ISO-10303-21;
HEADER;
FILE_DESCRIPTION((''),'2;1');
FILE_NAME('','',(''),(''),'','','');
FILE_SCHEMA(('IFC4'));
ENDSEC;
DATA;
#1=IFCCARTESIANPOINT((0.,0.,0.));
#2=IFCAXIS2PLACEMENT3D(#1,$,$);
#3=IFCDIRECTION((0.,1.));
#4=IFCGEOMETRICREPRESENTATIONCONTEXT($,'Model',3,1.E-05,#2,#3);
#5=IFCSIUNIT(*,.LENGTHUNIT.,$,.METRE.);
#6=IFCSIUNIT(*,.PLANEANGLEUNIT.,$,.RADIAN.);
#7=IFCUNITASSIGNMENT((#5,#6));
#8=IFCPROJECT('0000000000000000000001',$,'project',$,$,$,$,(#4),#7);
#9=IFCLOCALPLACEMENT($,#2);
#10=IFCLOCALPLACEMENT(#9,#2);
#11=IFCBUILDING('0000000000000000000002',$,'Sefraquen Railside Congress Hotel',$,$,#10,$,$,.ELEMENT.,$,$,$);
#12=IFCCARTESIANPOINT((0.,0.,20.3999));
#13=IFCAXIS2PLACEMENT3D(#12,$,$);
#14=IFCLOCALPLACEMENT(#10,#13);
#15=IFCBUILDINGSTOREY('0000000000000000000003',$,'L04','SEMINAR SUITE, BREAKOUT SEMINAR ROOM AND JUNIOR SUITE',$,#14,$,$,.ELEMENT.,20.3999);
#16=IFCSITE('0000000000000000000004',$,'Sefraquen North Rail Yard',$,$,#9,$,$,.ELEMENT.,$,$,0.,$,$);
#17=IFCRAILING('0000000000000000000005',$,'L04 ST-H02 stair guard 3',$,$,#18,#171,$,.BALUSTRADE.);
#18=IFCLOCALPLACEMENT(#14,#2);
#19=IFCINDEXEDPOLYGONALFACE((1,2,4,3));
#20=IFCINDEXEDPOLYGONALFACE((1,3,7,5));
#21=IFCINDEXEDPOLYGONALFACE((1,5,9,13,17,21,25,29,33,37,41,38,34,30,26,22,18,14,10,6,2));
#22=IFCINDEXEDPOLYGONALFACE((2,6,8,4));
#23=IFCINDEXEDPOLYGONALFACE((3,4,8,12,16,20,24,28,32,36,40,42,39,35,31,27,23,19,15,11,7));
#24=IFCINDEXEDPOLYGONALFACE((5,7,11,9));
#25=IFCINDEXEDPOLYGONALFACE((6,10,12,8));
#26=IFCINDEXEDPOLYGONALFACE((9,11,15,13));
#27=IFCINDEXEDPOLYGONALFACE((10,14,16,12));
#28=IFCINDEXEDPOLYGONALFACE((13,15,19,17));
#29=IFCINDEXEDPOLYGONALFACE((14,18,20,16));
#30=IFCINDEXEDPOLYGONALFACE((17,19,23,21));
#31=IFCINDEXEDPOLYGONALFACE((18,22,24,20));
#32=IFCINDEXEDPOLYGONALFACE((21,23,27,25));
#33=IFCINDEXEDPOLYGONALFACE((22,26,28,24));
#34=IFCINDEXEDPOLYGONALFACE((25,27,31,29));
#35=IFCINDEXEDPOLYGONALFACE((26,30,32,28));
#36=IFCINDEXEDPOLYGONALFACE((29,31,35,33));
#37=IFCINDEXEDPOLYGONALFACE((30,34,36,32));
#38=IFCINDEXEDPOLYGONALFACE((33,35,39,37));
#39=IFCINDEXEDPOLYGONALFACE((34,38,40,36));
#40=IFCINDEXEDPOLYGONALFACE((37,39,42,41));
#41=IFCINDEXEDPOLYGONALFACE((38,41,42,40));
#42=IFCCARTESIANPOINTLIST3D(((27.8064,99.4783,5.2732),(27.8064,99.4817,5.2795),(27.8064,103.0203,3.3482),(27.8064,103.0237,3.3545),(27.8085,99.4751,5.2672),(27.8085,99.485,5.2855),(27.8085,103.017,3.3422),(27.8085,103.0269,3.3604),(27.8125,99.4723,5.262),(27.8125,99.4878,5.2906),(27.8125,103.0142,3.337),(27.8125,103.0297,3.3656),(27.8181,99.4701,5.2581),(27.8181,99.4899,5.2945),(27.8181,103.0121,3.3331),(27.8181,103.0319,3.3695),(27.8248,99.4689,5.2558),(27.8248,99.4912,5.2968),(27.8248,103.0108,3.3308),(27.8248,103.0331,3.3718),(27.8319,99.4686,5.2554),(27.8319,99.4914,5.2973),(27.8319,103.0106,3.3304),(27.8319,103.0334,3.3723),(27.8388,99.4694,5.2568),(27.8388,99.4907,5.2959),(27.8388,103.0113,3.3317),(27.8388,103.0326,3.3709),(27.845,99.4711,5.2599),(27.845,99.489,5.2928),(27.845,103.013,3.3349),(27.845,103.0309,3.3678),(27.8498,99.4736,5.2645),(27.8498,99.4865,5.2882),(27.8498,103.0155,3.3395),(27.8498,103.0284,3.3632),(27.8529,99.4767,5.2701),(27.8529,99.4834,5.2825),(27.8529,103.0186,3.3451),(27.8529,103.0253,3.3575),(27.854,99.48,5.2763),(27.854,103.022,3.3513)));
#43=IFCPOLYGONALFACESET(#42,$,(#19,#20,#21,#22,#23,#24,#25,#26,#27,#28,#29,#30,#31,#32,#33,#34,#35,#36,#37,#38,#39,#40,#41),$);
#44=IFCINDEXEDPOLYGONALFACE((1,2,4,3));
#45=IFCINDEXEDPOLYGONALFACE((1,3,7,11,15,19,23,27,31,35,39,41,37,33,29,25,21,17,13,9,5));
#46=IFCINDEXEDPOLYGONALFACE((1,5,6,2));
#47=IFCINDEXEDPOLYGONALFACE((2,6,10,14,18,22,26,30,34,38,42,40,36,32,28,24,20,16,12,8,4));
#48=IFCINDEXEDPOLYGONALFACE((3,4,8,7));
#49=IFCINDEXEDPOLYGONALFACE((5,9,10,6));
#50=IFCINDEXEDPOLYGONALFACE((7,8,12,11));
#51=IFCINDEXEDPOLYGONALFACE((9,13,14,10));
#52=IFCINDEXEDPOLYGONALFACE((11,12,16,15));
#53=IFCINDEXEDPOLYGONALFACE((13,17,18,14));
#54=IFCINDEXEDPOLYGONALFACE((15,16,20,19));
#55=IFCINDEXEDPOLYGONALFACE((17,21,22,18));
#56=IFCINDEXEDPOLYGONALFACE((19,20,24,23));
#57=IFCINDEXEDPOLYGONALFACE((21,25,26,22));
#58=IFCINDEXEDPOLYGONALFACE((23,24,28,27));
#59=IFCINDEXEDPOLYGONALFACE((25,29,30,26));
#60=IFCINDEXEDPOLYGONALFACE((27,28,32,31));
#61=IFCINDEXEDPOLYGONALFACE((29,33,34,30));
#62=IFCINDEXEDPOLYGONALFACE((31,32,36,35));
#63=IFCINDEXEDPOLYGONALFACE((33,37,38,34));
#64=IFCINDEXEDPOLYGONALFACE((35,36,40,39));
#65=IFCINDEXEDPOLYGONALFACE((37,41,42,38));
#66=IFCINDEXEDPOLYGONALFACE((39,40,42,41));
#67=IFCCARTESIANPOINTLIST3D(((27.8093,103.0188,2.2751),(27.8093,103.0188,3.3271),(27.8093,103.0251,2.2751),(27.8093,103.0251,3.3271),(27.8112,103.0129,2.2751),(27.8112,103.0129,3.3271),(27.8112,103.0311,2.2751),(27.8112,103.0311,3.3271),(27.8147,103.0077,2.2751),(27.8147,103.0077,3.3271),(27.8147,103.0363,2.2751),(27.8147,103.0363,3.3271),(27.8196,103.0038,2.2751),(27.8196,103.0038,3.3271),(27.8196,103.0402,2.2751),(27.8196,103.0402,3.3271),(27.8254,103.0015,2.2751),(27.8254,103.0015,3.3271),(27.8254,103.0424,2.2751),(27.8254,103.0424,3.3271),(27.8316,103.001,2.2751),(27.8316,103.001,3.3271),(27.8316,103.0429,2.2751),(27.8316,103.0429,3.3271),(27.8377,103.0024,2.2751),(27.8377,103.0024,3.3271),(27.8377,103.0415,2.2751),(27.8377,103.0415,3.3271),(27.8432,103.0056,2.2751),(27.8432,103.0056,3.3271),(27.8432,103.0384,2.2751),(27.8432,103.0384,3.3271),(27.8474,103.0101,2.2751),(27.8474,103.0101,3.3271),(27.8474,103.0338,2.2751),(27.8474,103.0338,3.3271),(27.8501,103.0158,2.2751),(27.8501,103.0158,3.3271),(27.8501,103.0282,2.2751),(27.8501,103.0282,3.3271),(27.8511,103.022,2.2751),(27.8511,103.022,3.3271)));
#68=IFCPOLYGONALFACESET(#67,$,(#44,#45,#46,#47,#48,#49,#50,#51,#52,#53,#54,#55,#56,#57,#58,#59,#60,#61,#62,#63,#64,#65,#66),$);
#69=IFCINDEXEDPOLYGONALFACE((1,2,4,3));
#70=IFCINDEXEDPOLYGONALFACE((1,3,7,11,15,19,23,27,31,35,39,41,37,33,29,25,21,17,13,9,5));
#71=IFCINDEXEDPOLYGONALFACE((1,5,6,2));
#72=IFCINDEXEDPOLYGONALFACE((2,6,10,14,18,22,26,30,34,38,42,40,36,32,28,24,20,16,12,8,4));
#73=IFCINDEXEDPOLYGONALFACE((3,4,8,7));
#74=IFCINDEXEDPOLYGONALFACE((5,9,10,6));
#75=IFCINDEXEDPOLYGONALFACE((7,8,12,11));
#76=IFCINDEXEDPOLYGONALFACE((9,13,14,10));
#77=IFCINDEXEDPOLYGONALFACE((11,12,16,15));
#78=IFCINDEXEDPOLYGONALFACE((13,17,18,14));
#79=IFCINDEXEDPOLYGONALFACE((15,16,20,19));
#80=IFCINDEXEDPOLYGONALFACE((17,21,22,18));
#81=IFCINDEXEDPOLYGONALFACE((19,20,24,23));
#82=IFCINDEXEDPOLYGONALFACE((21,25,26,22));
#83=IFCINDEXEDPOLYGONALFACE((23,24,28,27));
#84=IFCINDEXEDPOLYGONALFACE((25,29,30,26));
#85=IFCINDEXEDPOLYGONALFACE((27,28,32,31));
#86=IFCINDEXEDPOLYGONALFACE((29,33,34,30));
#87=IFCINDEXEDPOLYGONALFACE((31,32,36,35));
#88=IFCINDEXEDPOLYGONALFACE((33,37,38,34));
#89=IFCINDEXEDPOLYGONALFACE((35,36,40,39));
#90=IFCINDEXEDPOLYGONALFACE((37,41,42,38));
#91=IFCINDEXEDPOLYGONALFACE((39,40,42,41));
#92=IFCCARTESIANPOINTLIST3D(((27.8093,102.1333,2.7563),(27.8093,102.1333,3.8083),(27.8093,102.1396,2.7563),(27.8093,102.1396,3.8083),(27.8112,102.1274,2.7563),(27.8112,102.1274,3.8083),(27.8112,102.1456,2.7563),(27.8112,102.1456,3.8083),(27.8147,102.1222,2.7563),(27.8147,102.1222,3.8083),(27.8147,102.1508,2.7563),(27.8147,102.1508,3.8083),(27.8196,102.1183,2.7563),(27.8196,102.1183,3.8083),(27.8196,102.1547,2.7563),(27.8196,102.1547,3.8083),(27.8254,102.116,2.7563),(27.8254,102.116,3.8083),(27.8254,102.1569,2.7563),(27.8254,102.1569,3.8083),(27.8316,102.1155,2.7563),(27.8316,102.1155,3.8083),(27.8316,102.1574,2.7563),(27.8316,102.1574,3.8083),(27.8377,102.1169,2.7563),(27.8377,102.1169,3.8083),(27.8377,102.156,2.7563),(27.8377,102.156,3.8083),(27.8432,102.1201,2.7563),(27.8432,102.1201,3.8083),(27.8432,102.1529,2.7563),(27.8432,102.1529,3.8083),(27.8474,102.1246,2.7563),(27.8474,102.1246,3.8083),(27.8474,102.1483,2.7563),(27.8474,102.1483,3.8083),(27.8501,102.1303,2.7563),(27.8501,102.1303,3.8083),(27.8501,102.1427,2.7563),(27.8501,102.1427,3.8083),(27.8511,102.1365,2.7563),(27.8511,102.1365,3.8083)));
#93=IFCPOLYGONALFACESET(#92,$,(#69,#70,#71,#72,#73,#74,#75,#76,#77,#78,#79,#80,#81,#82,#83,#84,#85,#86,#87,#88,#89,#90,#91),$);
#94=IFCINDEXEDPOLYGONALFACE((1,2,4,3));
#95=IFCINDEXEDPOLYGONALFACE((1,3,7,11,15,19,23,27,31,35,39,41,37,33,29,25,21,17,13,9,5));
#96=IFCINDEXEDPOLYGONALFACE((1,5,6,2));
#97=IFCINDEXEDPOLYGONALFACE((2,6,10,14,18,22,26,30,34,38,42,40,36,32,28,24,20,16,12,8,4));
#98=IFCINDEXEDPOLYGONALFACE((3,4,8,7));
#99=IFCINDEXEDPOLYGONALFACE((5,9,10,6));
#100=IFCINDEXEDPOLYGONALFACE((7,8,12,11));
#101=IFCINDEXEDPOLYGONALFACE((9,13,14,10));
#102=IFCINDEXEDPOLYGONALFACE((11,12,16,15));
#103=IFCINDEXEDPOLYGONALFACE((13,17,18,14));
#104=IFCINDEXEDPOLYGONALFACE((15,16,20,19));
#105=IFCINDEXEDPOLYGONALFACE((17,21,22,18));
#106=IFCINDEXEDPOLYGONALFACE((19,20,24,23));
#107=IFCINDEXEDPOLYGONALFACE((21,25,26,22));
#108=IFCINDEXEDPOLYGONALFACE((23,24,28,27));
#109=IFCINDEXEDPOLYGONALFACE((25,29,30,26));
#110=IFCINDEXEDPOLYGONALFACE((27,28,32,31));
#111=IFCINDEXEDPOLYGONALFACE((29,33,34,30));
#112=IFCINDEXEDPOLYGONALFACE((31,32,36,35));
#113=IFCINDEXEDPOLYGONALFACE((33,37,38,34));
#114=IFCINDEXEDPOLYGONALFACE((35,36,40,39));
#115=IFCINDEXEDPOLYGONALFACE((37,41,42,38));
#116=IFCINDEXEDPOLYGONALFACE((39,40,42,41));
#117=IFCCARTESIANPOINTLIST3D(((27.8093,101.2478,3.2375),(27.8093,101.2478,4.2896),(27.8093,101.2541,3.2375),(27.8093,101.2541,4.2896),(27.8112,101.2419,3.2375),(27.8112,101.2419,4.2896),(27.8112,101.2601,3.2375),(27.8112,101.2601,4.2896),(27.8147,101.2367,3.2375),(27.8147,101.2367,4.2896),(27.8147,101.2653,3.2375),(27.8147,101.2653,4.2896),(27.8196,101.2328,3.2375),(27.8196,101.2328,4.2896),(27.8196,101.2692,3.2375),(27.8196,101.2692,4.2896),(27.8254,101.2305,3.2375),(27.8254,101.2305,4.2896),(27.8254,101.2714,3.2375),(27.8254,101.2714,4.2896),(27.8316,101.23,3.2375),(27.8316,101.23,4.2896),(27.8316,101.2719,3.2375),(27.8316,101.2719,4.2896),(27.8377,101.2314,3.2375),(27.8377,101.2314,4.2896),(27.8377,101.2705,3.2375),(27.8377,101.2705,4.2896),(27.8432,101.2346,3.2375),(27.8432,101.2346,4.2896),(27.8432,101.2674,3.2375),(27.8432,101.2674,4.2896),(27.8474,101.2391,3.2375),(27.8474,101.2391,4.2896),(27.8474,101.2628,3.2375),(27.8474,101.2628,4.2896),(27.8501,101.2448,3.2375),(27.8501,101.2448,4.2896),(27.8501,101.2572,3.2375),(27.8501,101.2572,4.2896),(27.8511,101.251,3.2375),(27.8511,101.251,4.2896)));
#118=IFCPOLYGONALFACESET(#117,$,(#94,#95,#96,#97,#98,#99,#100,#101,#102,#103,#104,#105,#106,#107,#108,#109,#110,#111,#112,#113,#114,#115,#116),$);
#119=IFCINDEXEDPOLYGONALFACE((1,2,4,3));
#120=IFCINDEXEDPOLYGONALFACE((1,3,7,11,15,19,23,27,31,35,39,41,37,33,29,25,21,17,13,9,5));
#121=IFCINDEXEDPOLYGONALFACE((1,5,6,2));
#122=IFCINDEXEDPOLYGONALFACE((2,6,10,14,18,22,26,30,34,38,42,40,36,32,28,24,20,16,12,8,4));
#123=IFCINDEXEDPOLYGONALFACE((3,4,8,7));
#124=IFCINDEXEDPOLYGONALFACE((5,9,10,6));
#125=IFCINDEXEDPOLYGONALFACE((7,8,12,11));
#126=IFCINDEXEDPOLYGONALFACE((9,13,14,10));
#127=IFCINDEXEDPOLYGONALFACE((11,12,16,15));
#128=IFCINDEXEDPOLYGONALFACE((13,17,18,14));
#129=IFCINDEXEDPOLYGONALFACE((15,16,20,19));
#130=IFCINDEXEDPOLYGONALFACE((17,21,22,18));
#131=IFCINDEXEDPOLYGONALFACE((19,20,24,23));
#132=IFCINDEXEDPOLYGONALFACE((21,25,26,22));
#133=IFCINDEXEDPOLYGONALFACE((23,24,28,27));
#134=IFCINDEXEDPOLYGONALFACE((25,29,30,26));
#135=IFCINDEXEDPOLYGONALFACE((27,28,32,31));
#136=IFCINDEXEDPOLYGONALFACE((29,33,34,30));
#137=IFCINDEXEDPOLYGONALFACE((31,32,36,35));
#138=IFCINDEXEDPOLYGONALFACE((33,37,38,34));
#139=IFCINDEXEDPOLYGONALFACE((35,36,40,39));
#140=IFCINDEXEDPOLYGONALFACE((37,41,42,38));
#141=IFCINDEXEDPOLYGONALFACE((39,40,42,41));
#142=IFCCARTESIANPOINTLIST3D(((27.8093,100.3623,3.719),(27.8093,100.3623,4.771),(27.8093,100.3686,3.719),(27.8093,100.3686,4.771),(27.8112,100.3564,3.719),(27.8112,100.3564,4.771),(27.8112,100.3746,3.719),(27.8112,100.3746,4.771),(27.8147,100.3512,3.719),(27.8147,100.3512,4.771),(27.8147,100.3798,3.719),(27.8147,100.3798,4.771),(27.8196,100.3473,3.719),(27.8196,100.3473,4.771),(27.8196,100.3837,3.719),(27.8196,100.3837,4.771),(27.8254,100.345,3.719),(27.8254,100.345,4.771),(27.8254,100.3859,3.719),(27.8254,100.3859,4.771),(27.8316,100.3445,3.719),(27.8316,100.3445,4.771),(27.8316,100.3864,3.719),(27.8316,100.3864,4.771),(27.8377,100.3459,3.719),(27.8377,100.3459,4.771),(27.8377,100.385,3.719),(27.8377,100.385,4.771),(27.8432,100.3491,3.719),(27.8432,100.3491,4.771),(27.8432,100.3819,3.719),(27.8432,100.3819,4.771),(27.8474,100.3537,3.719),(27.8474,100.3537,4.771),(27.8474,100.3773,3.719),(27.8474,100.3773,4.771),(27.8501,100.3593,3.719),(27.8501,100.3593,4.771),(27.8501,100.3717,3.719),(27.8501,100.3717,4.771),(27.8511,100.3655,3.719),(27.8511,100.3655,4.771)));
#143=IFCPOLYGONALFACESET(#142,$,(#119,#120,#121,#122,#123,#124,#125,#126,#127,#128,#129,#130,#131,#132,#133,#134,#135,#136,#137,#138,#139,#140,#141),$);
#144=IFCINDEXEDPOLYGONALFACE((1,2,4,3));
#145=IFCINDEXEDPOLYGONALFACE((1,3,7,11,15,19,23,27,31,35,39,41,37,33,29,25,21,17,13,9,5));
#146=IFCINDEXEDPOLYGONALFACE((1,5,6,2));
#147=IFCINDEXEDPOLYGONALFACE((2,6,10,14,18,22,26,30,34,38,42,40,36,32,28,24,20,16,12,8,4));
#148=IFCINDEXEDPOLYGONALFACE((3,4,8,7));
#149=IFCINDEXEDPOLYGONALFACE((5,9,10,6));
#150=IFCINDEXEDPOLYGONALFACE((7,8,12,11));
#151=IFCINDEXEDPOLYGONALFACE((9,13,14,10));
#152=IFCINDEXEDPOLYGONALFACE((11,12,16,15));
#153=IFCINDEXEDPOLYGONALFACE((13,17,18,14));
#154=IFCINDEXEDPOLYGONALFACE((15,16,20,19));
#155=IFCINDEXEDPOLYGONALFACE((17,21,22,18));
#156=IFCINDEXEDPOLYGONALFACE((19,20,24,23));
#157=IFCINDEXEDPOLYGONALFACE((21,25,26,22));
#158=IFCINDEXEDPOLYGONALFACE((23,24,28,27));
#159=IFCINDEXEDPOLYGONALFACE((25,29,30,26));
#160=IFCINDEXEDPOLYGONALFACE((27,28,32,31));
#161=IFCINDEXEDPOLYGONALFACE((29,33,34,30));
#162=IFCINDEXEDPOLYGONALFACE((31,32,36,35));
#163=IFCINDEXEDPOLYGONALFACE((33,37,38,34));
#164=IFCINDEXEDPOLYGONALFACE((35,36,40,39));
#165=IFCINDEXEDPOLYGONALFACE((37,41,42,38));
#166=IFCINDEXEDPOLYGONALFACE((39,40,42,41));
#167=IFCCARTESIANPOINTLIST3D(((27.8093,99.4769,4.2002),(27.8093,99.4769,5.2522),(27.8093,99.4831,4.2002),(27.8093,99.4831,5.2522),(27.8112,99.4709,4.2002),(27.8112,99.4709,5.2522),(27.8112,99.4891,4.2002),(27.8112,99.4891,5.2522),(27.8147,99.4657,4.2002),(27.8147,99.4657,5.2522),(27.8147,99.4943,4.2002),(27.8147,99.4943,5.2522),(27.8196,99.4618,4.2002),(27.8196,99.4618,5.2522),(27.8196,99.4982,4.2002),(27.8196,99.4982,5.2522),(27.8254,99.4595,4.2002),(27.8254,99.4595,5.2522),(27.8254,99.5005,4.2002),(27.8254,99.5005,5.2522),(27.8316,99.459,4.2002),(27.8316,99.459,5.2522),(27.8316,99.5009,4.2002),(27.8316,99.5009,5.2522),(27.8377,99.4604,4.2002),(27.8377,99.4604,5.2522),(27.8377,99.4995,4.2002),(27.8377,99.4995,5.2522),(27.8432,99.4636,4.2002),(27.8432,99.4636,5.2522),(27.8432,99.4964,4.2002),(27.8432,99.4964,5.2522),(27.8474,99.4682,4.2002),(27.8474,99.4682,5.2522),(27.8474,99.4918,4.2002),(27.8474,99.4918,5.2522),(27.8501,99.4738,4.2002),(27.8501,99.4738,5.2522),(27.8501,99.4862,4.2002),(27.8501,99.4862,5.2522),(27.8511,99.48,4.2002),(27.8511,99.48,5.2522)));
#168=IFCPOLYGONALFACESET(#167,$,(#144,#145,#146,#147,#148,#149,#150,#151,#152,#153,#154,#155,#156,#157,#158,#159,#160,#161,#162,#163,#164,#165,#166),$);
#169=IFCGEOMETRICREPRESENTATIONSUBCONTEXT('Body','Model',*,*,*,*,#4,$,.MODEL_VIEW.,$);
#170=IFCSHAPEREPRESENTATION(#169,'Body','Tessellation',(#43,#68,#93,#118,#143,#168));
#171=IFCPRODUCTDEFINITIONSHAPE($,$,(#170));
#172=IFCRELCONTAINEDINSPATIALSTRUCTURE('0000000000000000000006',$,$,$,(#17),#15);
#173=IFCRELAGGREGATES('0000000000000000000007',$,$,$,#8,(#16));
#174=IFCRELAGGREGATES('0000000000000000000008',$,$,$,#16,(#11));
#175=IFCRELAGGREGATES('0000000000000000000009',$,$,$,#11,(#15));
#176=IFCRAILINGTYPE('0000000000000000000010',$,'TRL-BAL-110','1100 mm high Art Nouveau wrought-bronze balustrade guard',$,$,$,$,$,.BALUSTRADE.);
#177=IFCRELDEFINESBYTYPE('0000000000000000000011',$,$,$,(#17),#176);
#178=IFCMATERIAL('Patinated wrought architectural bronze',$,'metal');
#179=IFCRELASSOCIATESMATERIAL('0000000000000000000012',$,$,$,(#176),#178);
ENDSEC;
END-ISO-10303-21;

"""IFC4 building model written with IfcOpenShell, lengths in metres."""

from ifc_helpers import new_model, si_unit, direction, frame, origin, origin_2d, place, context, subcontext, project, spatial, circle, extrude, material, type_object, element, save


model = new_model("IFC4")

# Units and contexts
model_context = context("Model", 3, precision=1e-05, world=origin(), true_north=direction((0.0, 1.0)))
body_context = subcontext(model_context, "Body", "Model", "MODEL_VIEW")
ifc_project = project(units=[si_unit("LENGTHUNIT", "METRE"), si_unit("PLANEANGLEUNIT", "RADIAN")], contexts=[model_context])

# Site, building, storey
site_placement = place(None, origin())
site = spatial("IfcSite", under=ifc_project, at=site_placement, Name="Sefraquen North Rail Yard", CompositionType="ELEMENT", RefElevation=0.0)
building_placement = place(site_placement, origin())
building = spatial("IfcBuilding", under=site, at=building_placement, Name="Sefraquen Railside Congress Hotel", CompositionType="ELEMENT")
storey_placement = place(building_placement, frame((0.0, 0.0, 20.3999)))
storey = spatial("IfcBuildingStorey", under=building, at=storey_placement, Name="L04", Description="SEMINAR SUITE, BREAKOUT SEMINAR ROOM AND JUNIOR SUITE", CompositionType="ELEMENT", Elevation=20.3999)

# Railing
ifc_material_1 = material(Name="Patinated wrought architectural bronze", Category="metal")
railing_type_1 = type_object("IfcRailingType", Name="TRL-BAL-110", Description="1100 mm high Art Nouveau wrought-bronze balustrade guard", PredefinedType="BALUSTRADE", material=ifc_material_1)
railing_1_placement = place(storey_placement, frame((27.8301, 103.022, 2.2751)))
element("IfcRailing", 1, at=railing_1_placement, inside=storey, type_object=railing_type_1, Name="L04 ST-H02 stair guard 3", PredefinedType="BALUSTRADE", context=body_context, shape_type="SweptSolid", body=[
    extrude(circle(Radius=0.0239, at=origin_2d()), frame((0.0, 0.0, 1.0762), z_axis=(0.0, -0.878619, 0.477523), x_axis=(1.0, 0.0, 0.0)), (0.0, 0.0, 1.0), 4.0312),
    extrude(circle(Radius=0.021, at=origin_2d()), origin(), (0.0, 0.0, 1.0), 1.052),
    extrude(circle(Radius=0.021, at=origin_2d()), frame((0.0, -0.8855, 0.4812)), (0.0, 0.0, 1.0), 1.052),
    extrude(circle(Radius=0.021, at=origin_2d()), frame((0.0, -1.771, 0.9624)), (0.0, 0.0, 1.0), 1.052),
    extrude(circle(Radius=0.021, at=origin_2d()), frame((0.0, -2.6565, 1.4438)), (0.0, 0.0, 1.0), 1.052),
    extrude(circle(Radius=0.021, at=origin_2d()), frame((0.0, -3.542, 1.925)), (0.0, 0.0, 1.0), 1.052),
])

save(model, "model.ifc")
